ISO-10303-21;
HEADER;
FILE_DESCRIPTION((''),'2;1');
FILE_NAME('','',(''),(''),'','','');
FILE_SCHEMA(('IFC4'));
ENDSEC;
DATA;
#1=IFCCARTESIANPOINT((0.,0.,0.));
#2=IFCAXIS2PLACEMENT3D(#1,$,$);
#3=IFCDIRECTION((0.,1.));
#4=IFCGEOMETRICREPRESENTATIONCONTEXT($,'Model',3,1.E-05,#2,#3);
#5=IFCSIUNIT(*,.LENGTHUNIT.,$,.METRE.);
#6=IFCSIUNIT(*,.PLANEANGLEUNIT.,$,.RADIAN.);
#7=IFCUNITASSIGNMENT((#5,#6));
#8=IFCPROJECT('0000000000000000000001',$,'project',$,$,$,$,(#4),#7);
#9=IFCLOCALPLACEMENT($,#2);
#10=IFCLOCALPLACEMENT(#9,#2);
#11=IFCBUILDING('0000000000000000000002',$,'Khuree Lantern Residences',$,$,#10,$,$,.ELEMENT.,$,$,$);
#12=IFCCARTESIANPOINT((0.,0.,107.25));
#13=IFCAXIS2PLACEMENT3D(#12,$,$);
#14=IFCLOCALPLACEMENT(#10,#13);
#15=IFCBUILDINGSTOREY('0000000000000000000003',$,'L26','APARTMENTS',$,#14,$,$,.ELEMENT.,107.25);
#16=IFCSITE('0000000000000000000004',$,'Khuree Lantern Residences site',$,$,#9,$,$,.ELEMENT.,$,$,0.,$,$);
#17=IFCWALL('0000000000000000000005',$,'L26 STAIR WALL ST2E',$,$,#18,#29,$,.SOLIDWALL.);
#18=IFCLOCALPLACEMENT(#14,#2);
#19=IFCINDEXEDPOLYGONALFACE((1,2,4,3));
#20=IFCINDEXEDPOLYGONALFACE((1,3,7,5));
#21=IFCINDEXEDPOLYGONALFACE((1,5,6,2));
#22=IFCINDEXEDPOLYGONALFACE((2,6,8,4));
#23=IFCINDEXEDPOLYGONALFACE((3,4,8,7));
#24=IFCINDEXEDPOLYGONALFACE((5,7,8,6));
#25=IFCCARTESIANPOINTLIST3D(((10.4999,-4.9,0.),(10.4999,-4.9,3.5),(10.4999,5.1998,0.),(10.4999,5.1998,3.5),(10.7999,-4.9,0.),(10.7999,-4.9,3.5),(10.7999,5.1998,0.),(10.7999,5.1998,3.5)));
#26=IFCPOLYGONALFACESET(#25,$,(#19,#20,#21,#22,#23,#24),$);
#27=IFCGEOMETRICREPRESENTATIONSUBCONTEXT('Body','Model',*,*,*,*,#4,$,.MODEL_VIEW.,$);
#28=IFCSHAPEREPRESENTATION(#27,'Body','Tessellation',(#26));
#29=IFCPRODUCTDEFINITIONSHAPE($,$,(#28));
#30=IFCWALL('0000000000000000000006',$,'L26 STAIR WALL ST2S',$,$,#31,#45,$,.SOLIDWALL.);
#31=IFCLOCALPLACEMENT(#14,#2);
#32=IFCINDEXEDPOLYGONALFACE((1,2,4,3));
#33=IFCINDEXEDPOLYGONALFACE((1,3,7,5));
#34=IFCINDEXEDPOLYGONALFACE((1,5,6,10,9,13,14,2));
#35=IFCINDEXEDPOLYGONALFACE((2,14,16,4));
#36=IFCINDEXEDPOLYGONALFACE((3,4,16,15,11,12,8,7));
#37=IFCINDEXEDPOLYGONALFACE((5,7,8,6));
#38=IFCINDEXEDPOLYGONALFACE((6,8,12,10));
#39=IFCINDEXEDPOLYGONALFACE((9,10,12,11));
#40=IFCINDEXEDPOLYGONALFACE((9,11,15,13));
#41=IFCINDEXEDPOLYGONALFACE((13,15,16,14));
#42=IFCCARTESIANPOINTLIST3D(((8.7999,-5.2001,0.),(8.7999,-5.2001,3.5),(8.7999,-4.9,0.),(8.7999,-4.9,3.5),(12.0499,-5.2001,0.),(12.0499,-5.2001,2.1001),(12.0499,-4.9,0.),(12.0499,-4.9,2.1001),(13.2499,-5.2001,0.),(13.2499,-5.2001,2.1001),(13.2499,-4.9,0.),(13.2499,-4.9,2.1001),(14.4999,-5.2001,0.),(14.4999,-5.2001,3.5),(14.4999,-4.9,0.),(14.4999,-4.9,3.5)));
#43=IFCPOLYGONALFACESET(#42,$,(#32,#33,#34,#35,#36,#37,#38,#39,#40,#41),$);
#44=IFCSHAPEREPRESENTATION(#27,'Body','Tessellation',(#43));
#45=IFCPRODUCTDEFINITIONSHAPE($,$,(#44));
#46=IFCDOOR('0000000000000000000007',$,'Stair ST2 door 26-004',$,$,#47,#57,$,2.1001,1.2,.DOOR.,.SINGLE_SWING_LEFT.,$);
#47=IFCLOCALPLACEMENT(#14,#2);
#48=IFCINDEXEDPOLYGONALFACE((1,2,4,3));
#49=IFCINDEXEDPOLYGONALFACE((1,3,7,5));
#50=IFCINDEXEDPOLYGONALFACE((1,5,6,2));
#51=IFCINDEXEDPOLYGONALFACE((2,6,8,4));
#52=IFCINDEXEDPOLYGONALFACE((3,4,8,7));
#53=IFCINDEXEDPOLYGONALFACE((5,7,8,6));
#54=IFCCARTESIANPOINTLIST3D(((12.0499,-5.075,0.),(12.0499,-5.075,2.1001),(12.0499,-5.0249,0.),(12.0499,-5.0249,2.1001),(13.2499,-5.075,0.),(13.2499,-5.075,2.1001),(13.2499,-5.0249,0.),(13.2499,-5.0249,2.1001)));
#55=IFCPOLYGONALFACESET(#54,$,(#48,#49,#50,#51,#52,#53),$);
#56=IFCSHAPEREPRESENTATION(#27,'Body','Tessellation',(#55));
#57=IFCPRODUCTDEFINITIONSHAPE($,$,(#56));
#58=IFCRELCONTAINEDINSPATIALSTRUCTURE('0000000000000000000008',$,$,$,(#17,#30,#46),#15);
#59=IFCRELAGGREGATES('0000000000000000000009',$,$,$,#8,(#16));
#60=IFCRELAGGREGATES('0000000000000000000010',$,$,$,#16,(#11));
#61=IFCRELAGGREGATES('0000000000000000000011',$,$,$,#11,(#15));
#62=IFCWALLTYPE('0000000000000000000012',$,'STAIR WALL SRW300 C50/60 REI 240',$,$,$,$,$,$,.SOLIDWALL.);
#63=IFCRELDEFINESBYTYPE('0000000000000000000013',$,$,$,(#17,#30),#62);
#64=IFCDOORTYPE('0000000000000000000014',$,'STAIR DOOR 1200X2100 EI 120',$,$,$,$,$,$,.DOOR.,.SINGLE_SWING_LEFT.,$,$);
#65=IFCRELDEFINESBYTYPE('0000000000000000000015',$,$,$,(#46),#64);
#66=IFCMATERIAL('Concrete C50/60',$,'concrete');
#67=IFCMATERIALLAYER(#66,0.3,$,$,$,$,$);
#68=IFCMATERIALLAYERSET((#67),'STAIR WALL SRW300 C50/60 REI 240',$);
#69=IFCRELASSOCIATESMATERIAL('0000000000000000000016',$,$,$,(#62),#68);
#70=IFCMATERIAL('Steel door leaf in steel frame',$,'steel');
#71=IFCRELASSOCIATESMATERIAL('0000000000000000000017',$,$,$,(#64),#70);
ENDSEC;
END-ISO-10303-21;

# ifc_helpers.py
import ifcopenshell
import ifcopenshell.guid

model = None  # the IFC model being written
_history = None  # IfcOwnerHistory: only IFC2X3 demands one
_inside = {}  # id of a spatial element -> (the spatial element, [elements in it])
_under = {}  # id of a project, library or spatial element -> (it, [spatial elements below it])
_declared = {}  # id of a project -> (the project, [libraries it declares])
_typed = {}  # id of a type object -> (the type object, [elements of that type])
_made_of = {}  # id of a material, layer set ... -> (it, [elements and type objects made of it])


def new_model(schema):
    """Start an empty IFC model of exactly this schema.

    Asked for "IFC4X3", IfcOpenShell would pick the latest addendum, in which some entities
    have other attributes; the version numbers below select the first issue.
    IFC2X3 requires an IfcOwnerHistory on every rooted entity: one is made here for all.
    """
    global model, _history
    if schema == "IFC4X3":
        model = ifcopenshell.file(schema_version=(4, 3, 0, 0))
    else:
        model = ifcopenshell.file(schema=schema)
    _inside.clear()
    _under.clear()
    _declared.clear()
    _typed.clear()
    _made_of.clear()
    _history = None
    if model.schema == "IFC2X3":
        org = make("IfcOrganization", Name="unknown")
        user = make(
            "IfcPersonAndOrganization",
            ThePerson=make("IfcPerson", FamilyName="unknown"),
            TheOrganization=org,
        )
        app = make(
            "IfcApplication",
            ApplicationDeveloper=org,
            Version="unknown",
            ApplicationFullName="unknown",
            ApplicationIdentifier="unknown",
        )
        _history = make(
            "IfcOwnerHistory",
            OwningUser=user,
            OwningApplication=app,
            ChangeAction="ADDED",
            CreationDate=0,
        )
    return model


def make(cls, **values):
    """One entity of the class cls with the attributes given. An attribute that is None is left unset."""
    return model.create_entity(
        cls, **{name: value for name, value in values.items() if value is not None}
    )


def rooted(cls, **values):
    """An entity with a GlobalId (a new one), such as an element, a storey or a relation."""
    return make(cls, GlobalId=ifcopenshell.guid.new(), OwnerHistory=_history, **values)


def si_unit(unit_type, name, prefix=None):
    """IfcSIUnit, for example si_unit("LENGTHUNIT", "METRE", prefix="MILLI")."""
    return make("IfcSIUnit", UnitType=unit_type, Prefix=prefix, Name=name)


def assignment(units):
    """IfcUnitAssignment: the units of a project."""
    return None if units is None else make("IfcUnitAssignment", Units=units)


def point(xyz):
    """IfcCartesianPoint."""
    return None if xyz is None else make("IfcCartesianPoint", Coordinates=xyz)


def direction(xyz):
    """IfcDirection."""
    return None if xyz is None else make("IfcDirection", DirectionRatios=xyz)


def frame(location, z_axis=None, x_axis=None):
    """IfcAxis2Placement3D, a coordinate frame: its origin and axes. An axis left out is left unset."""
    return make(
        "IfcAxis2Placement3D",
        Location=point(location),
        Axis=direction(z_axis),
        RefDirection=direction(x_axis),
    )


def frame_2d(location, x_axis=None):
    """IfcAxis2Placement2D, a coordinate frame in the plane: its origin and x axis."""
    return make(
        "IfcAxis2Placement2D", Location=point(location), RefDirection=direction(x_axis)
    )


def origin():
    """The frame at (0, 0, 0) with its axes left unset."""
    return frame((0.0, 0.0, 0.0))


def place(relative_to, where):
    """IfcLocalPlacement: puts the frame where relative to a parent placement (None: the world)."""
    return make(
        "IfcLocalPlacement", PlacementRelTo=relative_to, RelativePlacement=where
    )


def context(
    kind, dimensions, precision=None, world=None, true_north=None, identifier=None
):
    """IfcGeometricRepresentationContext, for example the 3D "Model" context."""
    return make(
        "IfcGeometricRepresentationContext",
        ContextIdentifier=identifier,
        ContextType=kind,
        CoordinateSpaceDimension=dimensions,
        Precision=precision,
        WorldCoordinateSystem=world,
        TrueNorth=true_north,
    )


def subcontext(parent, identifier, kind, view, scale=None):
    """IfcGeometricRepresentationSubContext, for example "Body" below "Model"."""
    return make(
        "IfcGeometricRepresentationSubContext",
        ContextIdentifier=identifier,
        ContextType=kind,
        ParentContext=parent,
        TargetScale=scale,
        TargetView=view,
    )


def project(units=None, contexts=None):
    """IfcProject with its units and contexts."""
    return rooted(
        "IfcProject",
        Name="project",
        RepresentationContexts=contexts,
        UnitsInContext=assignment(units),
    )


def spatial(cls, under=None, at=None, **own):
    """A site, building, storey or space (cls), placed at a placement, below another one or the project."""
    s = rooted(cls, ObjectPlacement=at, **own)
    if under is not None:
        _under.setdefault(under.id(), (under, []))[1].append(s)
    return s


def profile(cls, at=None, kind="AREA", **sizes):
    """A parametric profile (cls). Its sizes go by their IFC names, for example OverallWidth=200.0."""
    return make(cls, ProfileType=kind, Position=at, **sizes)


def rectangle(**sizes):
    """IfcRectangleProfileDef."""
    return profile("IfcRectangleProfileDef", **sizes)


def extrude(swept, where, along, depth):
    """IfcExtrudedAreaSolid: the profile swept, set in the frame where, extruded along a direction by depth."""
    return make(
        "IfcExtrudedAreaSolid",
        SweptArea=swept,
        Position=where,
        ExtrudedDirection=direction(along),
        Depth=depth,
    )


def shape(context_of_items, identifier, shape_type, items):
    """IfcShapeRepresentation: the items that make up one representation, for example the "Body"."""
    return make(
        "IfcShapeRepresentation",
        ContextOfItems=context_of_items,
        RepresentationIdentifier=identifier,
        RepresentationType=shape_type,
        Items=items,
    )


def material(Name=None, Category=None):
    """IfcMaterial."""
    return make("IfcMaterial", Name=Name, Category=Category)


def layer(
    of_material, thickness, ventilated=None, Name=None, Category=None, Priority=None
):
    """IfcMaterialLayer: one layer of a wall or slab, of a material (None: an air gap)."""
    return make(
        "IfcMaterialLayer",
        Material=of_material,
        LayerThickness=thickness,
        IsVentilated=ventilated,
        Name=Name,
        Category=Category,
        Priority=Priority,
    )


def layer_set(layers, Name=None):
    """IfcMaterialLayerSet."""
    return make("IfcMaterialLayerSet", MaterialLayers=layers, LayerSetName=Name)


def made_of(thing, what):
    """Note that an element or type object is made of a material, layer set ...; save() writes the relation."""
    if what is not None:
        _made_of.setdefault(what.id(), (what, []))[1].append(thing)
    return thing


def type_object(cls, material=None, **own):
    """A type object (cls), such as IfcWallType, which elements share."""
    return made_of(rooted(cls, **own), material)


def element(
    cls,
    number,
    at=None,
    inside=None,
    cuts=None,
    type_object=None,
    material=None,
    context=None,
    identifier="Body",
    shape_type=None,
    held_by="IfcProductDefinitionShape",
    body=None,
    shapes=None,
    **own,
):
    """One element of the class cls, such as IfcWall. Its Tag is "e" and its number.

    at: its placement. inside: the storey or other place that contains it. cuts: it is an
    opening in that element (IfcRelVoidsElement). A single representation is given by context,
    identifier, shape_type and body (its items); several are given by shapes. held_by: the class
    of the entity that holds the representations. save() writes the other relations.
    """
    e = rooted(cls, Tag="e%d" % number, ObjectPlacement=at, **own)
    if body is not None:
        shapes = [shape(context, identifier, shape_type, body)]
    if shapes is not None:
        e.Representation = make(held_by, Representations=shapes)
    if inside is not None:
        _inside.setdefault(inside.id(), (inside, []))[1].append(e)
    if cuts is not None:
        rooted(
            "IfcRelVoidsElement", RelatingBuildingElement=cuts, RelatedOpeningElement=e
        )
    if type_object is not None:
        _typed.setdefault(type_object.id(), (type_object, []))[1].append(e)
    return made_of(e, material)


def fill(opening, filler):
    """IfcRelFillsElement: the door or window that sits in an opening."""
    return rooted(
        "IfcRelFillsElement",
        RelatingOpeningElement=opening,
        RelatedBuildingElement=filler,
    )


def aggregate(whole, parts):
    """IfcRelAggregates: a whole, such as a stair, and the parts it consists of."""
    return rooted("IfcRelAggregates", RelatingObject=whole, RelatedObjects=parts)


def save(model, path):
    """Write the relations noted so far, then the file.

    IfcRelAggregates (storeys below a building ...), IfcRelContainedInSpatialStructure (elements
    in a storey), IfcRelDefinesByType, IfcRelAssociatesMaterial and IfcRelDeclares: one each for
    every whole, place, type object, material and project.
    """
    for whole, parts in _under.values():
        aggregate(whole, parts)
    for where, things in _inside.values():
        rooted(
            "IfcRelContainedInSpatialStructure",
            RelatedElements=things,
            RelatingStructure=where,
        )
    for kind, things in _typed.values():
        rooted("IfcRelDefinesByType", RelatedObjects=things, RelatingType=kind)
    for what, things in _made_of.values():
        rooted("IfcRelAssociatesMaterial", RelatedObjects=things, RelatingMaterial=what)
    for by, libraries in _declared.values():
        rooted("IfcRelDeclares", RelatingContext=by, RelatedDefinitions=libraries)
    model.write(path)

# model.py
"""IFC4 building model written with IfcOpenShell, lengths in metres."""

from ifc_helpers import new_model, si_unit, direction, frame, frame_2d, origin, place, context, subcontext, project, spatial, rectangle, extrude, material, layer, layer_set, type_object, element, fill, save


model = new_model("IFC4")

# Units and contexts
model_context = context("Model", 3, precision=1e-05, world=origin(), true_north=direction((0.0, 1.0)))
body_context = subcontext(model_context, "Body", "Model", "MODEL_VIEW")
ifc_project = project(units=[si_unit("LENGTHUNIT", "METRE"), si_unit("PLANEANGLEUNIT", "RADIAN")], contexts=[model_context])

# Site, building, storey
site_placement = place(None, origin())
site = spatial("IfcSite", under=ifc_project, at=site_placement, Name="Khuree Lantern Residences site", CompositionType="ELEMENT", RefElevation=0.0)
building_placement = place(site_placement, origin())
building = spatial("IfcBuilding", under=site, at=building_placement, Name="Khuree Lantern Residences", CompositionType="ELEMENT")
storey_placement = place(building_placement, frame((0.0, 0.0, 107.25)))
storey = spatial("IfcBuildingStorey", under=building, at=storey_placement, Name="L26", Description="APARTMENTS", CompositionType="ELEMENT", Elevation=107.25)

# Wall
ifc_material_1 = material(Name="Concrete C50/60", Category="concrete")
ifc_layer_1 = layer(ifc_material_1, 0.3)
ifc_layer_set_1 = layer_set([ifc_layer_1], Name="STAIR WALL SRW300 C50/60 REI 240")
wall_type_1 = type_object("IfcWallType", Name="STAIR WALL SRW300 C50/60 REI 240", PredefinedType="SOLIDWALL", material=ifc_layer_set_1)
wall_1_placement = place(storey_placement, frame((10.6499, -4.8999, 0.0), z_axis=(0.0, 0.0, 1.0), x_axis=(0.0, 1.0, 0.0)))
element("IfcWall", 1, at=wall_1_placement, inside=storey, type_object=wall_type_1, Name="L26 STAIR WALL ST2E", PredefinedType="SOLIDWALL", context=body_context, shape_type="SweptSolid", body=[
    extrude(rectangle(XDim=10.0999, YDim=0.3, at=frame_2d((5.0498, 0.0))), origin(), (0.0, 0.0, 1.0), 3.5),
])

# Wall, opening, door
wall_2_placement = place(storey_placement, frame((14.5, -5.05, 0.0), z_axis=(0.0, 0.0, 1.0), x_axis=(-1.0, 0.0, 0.0)))
wall_2 = element("IfcWall", 2, at=wall_2_placement, inside=storey, type_object=wall_type_1, Name="L26 STAIR WALL ST2S", PredefinedType="SOLIDWALL", context=body_context, shape_type="SweptSolid", body=[
    extrude(rectangle(XDim=5.7, YDim=0.3, at=frame_2d((2.8501, 0.0))), origin(), (0.0, 0.0, 1.0), 3.5),
])
opening_1_placement = place(wall_2_placement, frame((1.25, 0.0, 0.0)))
opening_1 = element("IfcOpeningElement", 3, at=opening_1_placement, cuts=wall_2, PredefinedType="OPENING", context=body_context, shape_type="SweptSolid", body=[
    extrude(rectangle(XDim=1.2, YDim=2.1001, at=frame_2d((0.6001, 1.05))), frame((0.0, 0.1602, 0.0), z_axis=(0.0, -1.0, 0.0), x_axis=(1.0, 0.0, 0.0)), (0.0, 0.0, 1.0), 0.3201),
])
ifc_material_2 = material(Name="Steel door leaf in steel frame", Category="steel")
door_type_1 = type_object("IfcDoorType", Name="STAIR DOOR 1200X2100 EI 120", OperationType="SINGLE_SWING_LEFT", PredefinedType="DOOR", material=ifc_material_2)
door_1_placement = place(opening_1_placement, origin())
door_1 = element("IfcDoor", 4, at=door_1_placement, inside=storey, type_object=door_type_1, Name="Stair ST2 door 26-004", OperationType="SINGLE_SWING_LEFT", OverallHeight=2.1001, OverallWidth=1.2, PredefinedType="DOOR", context=body_context, shape_type="SweptSolid", body=[
    extrude(rectangle(XDim=1.2, YDim=2.1001, at=frame_2d((0.6001, 1.05))), frame((0.0, 0.0249, 0.0), z_axis=(0.0, -1.0, 0.0), x_axis=(1.0, 0.0, 0.0)), (0.0, 0.0, 1.0), 0.05),
])
fill(opening_1, door_1)

save(model, "model.ifc")
